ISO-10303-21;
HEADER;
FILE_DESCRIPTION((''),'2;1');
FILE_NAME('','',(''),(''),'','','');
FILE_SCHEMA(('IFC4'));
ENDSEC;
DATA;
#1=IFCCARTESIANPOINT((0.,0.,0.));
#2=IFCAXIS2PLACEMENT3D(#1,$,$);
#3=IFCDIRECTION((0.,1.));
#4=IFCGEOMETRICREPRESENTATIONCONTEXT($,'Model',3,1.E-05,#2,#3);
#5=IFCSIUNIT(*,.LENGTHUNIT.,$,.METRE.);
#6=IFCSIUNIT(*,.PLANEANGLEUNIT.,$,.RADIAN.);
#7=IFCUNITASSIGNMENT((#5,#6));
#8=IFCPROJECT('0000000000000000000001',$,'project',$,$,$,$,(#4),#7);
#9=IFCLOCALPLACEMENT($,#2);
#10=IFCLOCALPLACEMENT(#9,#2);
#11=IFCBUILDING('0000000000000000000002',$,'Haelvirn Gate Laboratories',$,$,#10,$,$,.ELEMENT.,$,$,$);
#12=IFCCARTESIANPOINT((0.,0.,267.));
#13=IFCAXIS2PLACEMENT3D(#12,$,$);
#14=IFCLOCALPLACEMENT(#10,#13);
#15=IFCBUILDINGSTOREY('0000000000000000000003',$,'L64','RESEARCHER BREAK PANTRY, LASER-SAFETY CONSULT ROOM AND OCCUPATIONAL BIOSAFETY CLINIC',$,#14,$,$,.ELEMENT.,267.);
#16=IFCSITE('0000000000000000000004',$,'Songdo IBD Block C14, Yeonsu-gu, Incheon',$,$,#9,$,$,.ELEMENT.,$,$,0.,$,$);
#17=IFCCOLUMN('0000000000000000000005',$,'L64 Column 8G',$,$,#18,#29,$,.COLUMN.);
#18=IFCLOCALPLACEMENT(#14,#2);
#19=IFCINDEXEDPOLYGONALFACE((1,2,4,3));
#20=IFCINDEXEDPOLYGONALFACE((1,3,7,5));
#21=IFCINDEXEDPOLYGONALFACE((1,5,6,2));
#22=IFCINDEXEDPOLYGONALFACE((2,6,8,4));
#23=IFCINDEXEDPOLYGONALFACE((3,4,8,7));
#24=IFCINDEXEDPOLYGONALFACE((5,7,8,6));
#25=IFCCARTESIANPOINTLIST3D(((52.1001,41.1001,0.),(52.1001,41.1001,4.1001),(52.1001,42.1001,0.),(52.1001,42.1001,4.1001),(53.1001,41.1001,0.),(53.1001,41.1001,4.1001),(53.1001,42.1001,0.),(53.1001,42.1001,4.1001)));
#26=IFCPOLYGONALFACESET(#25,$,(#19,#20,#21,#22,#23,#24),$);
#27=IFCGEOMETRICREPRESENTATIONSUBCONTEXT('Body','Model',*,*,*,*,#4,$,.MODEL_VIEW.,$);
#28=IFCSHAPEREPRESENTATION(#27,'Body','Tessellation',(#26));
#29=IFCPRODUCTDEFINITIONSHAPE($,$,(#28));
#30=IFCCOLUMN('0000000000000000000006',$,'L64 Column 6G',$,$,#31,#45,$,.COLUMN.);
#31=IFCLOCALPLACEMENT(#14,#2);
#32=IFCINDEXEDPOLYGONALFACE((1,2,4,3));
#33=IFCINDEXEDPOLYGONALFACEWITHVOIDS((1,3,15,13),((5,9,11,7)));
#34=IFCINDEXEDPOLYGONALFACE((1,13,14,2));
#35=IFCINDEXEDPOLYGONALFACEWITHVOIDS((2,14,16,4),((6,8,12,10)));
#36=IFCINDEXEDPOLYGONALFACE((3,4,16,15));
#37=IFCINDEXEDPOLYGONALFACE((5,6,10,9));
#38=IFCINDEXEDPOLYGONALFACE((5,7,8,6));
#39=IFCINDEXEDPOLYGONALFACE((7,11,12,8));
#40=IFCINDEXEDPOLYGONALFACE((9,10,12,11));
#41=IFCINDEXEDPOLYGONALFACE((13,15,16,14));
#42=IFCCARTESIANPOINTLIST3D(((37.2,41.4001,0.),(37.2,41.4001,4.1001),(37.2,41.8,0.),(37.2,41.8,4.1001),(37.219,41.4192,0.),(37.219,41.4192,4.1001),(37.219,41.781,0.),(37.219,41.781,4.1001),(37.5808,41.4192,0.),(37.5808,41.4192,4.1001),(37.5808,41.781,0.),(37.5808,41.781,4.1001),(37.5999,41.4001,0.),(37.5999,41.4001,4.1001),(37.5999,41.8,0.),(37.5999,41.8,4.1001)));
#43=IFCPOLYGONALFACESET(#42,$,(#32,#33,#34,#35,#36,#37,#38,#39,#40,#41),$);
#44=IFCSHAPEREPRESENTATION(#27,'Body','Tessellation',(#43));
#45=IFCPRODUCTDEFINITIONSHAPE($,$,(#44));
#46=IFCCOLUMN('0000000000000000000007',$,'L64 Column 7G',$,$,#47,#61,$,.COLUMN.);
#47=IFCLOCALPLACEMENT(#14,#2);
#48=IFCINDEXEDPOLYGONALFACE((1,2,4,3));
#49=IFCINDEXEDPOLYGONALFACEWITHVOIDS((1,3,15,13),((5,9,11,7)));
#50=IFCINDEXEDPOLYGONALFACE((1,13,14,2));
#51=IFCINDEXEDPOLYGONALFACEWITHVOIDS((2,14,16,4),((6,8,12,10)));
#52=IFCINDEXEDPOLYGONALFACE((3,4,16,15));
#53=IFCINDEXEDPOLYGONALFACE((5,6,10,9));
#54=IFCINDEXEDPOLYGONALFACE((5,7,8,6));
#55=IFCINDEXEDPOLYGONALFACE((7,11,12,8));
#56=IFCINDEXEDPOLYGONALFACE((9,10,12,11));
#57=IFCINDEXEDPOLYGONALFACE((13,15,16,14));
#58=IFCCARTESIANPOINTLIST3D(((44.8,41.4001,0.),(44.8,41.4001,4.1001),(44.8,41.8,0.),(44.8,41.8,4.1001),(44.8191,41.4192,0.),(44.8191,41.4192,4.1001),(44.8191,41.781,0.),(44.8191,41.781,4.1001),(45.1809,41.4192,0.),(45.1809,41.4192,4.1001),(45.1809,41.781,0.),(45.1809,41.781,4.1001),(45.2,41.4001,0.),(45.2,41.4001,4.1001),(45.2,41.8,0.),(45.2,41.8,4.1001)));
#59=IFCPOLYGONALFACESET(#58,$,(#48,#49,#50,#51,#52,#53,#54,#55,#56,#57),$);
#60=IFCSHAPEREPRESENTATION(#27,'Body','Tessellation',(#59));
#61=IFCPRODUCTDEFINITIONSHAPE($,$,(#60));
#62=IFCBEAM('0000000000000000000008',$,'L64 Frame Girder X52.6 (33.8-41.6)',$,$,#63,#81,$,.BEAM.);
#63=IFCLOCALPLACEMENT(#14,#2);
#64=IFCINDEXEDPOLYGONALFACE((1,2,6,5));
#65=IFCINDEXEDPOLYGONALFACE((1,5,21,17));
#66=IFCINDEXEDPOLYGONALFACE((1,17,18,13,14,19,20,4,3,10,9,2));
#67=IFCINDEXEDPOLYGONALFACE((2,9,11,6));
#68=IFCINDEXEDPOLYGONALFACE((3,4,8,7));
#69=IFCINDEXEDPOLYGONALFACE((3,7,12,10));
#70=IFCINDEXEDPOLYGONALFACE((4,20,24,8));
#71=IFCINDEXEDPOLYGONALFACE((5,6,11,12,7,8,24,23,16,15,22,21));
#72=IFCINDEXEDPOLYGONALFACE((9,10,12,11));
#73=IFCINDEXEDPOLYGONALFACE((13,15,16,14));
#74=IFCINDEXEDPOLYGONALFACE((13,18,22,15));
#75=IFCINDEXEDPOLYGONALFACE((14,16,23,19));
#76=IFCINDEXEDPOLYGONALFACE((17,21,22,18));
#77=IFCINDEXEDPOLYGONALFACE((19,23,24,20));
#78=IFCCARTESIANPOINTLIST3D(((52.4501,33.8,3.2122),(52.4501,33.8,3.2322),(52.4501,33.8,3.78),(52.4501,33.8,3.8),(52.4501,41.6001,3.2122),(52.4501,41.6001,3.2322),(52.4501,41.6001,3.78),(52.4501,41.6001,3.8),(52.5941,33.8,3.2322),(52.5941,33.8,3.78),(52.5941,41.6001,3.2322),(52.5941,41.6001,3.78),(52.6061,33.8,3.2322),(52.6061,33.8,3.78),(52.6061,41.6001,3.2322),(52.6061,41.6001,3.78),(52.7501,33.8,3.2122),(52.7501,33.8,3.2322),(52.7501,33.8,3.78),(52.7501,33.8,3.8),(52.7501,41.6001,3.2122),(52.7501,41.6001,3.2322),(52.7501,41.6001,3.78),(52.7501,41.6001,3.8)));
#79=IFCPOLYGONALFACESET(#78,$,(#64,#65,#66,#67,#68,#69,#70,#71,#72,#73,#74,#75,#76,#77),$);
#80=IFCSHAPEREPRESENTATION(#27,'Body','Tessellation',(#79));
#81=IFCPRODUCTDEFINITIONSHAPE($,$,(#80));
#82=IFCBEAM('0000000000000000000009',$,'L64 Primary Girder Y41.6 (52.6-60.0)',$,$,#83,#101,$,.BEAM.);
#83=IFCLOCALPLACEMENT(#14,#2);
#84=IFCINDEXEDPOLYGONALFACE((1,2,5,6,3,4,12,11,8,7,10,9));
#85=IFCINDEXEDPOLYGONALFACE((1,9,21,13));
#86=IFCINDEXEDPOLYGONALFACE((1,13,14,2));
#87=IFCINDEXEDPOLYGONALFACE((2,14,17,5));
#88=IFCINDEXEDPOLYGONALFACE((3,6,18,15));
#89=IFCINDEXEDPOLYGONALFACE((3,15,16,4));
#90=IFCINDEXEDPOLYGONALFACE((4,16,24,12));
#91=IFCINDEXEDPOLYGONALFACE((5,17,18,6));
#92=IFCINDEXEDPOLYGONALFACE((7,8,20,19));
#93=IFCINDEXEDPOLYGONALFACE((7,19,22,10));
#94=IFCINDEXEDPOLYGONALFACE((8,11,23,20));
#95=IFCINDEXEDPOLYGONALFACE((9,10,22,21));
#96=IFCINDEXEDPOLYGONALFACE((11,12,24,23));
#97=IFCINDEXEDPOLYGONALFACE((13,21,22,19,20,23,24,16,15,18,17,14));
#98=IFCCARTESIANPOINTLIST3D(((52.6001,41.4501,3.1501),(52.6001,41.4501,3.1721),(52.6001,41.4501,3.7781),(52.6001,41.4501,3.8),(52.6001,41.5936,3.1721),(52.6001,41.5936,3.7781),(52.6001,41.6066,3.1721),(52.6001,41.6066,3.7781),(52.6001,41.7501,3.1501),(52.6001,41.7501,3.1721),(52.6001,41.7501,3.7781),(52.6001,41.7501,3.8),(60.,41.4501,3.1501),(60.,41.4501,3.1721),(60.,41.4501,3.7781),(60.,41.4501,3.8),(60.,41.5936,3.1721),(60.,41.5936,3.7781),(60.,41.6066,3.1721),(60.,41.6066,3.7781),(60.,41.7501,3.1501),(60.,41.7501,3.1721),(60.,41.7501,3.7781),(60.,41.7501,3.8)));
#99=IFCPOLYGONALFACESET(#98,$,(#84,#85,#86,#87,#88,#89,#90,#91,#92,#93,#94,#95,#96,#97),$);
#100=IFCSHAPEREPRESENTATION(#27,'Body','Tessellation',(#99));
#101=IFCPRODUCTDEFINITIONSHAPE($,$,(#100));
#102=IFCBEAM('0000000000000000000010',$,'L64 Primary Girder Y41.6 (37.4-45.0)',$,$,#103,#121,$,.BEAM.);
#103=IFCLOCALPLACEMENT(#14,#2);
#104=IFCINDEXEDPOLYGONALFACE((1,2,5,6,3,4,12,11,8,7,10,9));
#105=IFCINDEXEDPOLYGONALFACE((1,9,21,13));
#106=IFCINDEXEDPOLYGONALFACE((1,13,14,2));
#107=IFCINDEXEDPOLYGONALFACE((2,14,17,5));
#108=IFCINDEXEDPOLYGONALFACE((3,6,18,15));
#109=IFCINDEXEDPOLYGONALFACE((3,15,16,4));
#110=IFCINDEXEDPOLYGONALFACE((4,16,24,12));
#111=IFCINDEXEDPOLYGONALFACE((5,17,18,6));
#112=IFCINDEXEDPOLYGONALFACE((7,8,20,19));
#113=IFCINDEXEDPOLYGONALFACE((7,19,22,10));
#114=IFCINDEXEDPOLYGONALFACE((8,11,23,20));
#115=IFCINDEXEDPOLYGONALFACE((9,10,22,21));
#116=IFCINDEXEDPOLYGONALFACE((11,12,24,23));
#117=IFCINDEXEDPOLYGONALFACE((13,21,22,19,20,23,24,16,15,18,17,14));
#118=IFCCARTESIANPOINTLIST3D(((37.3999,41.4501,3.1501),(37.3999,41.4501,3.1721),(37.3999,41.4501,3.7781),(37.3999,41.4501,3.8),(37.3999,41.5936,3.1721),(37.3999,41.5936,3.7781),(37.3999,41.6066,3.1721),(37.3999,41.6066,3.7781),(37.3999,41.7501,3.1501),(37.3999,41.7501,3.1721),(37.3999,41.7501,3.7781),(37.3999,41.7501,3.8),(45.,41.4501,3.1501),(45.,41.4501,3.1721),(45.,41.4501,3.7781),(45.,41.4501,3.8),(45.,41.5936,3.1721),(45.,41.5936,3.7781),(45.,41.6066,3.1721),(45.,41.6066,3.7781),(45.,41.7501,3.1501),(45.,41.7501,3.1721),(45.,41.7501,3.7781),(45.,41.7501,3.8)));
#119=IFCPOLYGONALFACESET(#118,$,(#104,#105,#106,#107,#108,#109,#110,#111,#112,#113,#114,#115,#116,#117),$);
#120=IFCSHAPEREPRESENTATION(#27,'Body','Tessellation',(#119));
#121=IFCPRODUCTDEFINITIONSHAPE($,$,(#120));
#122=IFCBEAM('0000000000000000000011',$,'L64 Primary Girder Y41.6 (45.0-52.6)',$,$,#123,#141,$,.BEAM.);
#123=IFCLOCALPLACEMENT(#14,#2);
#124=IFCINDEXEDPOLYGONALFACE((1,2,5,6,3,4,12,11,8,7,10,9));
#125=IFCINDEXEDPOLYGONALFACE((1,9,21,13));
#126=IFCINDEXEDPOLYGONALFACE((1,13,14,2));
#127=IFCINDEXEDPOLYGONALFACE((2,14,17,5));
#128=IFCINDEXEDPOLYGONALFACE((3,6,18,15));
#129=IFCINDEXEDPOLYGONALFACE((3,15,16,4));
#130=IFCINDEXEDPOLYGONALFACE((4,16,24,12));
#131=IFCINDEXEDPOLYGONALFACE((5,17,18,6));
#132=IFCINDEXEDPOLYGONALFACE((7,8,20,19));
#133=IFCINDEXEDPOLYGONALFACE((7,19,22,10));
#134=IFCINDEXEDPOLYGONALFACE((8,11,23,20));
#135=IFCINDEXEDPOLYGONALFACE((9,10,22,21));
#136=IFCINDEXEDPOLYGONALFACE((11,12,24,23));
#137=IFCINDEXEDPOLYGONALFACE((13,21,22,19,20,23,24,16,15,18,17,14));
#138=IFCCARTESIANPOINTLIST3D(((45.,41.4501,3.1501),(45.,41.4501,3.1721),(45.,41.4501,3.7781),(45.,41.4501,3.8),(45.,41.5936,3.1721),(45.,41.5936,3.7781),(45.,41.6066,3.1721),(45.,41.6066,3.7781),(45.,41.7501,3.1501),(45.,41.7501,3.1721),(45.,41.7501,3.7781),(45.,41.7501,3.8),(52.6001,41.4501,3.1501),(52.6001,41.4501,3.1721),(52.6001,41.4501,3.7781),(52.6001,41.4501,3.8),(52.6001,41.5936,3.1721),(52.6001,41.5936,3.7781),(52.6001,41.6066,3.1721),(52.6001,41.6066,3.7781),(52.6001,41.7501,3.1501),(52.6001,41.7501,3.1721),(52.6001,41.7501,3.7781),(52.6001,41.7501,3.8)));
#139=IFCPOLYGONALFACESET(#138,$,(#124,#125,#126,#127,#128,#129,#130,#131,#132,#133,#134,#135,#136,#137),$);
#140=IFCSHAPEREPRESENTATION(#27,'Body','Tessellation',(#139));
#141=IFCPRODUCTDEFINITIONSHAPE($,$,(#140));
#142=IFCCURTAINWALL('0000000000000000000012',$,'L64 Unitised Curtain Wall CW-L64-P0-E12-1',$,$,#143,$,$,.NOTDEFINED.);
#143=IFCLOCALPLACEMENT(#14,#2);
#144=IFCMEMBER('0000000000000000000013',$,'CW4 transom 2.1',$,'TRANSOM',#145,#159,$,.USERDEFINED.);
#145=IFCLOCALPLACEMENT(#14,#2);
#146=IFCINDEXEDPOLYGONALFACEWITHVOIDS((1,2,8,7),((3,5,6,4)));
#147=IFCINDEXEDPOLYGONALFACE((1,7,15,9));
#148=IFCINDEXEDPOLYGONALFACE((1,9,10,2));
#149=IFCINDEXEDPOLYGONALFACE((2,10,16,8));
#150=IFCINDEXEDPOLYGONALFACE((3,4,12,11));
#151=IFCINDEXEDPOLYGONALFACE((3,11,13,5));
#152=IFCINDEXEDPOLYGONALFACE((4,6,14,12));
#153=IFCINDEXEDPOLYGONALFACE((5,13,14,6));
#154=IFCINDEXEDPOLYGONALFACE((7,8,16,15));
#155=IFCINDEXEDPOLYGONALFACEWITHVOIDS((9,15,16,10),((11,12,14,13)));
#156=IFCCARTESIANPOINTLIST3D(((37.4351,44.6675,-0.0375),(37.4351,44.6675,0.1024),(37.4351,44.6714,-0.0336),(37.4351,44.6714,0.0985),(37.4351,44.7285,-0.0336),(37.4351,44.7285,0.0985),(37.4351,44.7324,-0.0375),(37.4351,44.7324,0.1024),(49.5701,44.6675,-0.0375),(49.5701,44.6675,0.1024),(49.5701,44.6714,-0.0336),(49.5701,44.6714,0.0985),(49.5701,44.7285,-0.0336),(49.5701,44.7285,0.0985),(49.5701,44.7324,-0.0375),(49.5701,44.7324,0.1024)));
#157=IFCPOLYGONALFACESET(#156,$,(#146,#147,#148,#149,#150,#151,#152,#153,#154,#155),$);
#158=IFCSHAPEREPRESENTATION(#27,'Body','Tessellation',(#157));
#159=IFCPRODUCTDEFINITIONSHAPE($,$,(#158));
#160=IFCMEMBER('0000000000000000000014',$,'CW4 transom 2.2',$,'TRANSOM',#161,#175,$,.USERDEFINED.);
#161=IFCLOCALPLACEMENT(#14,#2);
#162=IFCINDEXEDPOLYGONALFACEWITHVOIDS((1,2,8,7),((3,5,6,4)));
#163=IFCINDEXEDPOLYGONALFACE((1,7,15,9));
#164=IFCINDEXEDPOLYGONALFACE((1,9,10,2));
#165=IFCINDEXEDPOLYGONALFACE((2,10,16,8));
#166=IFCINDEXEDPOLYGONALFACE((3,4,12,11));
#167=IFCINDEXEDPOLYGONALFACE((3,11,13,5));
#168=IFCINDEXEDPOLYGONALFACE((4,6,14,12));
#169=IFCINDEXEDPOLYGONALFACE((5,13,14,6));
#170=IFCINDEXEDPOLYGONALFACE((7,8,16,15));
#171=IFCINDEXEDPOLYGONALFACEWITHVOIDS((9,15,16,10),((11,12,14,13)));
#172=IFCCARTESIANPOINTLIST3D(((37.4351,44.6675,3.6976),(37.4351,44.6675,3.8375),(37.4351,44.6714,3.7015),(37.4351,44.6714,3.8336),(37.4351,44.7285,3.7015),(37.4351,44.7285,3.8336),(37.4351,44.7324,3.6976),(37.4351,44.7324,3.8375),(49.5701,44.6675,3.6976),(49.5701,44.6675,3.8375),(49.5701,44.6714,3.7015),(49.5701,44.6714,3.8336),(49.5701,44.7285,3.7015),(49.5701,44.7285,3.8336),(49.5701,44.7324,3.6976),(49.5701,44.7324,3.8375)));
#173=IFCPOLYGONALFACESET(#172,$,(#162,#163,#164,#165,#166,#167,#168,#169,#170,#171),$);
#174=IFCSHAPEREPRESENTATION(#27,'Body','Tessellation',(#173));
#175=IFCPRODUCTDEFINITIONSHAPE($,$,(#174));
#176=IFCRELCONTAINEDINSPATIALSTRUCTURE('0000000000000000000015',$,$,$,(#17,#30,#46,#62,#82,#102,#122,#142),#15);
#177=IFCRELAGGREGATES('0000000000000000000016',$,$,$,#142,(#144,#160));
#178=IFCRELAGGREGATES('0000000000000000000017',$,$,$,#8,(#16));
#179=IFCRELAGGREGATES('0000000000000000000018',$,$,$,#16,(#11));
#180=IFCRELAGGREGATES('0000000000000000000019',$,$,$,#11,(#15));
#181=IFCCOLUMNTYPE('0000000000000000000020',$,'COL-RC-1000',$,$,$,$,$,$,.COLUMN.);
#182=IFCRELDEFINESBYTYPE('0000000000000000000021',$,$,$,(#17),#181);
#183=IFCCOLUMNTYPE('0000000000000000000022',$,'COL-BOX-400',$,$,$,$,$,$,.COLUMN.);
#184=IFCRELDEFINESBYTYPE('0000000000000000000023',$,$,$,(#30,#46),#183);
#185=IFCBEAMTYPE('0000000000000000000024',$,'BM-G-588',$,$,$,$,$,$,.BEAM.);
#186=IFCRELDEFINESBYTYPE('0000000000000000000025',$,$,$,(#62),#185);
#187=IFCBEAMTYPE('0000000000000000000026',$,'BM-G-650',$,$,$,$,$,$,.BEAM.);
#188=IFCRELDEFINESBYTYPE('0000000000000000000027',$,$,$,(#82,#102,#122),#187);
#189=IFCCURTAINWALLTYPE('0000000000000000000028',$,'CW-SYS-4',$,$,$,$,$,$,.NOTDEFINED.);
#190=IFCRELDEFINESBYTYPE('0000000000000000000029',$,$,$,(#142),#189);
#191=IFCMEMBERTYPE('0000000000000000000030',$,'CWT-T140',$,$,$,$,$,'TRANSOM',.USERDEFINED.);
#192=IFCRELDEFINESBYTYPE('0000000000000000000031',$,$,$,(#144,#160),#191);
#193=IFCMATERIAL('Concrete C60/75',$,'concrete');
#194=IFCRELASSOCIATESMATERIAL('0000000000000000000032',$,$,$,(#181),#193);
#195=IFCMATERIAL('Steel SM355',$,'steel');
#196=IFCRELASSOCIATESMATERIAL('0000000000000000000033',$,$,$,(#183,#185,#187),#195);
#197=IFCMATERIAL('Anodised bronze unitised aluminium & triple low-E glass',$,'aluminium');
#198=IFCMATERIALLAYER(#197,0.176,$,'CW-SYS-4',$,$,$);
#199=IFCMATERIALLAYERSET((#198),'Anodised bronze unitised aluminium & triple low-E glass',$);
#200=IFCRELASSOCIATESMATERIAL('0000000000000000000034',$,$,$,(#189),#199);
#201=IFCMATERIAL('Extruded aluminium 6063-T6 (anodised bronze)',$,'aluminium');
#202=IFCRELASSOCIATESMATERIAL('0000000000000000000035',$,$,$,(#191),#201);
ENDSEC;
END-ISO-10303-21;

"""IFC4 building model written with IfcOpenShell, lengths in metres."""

from ifc_helpers import new_model, si_unit, direction, frame, origin, origin_2d, place, context, subcontext, project, spatial, rectangle, hollow_rectangle, i_section, extrude, source, transform, mapped, material, layer, layer_set, material_profile, profile_set, type_object, type_shapes, element, aggregate, save


model = new_model("IFC4")

# Units and contexts
model_context = context("Model", 3, precision=1e-05, world=origin(), true_north=direction((0.0, 1.0)))
body_context = subcontext(model_context, "Body", "Model", "MODEL_VIEW")
ifc_project = project(units=[si_unit("LENGTHUNIT", "METRE"), si_unit("PLANEANGLEUNIT", "RADIAN")], contexts=[model_context])

# Site, building, storey
site_placement = place(None, origin())
site = spatial("IfcSite", under=ifc_project, at=site_placement, Name="Songdo IBD Block C14, Yeonsu-gu, Incheon", CompositionType="ELEMENT", RefElevation=0.0)
building_placement = place(site_placement, origin())
building = spatial("IfcBuilding", under=site, at=building_placement, Name="Haelvirn Gate Laboratories", CompositionType="ELEMENT")
storey_placement = place(building_placement, frame((0.0, 0.0, 267.0)))
storey = spatial("IfcBuildingStorey", under=building, at=storey_placement, Name="L64", Description="RESEARCHER BREAK PANTRY, LASER-SAFETY CONSULT ROOM AND OCCUPATIONAL BIOSAFETY CLINIC", CompositionType="ELEMENT", Elevation=267.0)

# Columns
ifc_material_1 = material(Name="Concrete C60/75", Category="concrete")
ifc_material_profile_1 = material_profile(ifc_material_1, rectangle(XDim=1.0, YDim=1.0, at=origin_2d()), Name="RC-1000x1000")
ifc_profile_set_1 = profile_set([ifc_material_profile_1], Name="Concrete C60/75")
column_type_1 = type_object("IfcColumnType", Name="COL-RC-1000", PredefinedType="COLUMN", material=ifc_profile_set_1)
shared_shape_1 = source(origin(), body_context, "Body", "SweptSolid", [
    extrude(rectangle(XDim=1.0, YDim=1.0, at=origin_2d()), origin(), (0.0, 0.0, 1.0), 4.1001),
])
type_shapes(column_type_1, [shared_shape_1])
column_placement = place(storey_placement, frame((52.6001, 41.6001, 0.0), z_axis=(0.0, 0.0, 1.0), x_axis=(1.0, 0.0, 0.0)))
element("IfcColumn", 1, at=column_placement, inside=storey, type_object=column_type_1, Name="L64 Column 8G", PredefinedType="COLUMN", context=body_context, shape_type="MappedRepresentation", body=[
    mapped(shared_shape_1, transform((0.0, 0.0, 0.0), scale=1.0)),
])
ifc_material_2 = material(Name="Steel SM355", Category="steel")
ifc_material_profile_2 = material_profile(ifc_material_2, hollow_rectangle(XDim=0.3999, YDim=0.3999, WallThickness=0.019, at=origin_2d()), Name="BOX-400x400x19")
ifc_profile_set_2 = profile_set([ifc_material_profile_2], Name="Steel SM355")
column_type_2 = type_object("IfcColumnType", Name="COL-BOX-400", PredefinedType="COLUMN", material=ifc_profile_set_2)
shared_shape_2 = source(origin(), body_context, "Body", "SweptSolid", [
    extrude(hollow_rectangle(XDim=0.3999, YDim=0.3999, WallThickness=0.019, at=origin_2d()), origin(), (0.0, 0.0, 1.0), 4.1001),
])
type_shapes(column_type_2, [shared_shape_2])
for number, where, z_axis, x_axis, name in (
    (2, (37.3999, 41.6001, 0.0), (0.0, 0.0, 1.0), (1.0, 0.0, 0.0), "L64 Column 6G"),
    (3, (45.0, 41.6001, 0.0), (0.0, 0.0, 1.0), (1.0, 0.0, 0.0), "L64 Column 7G"),
):
    element("IfcColumn", number, at=place(storey_placement, frame(where, z_axis=z_axis, x_axis=x_axis)), inside=storey, type_object=column_type_2, Name=name, PredefinedType="COLUMN", context=body_context, shape_type="MappedRepresentation", body=[
        mapped(shared_shape_2, transform((0.0, 0.0, 0.0), scale=1.0)),
    ])

# Beams
ifc_material_profile_3 = material_profile(ifc_material_2, i_section(OverallWidth=0.3, OverallDepth=0.5879, WebThickness=0.012, FlangeThickness=0.02, at=origin_2d()), Name="H-588x300x12x20")
ifc_profile_set_3 = profile_set([ifc_material_profile_3], Name="Steel SM355")
beam_type_1 = type_object("IfcBeamType", Name="BM-G-588", PredefinedType="BEAM", material=ifc_profile_set_3)
shared_shape_3 = source(origin(), body_context, "Body", "SweptSolid", [
    extrude(i_section(OverallWidth=0.3, OverallDepth=0.5879, WebThickness=0.012, FlangeThickness=0.02, at=origin_2d()), origin(), (0.0, 0.0, 1.0), 7.8),
])
type_shapes(beam_type_1, [shared_shape_3])
beam_1_placement = place(storey_placement, frame((52.6001, 33.8, 3.5061), z_axis=(0.0, 1.0, 0.0), x_axis=(-1.0, 0.0, 0.0)))
element("IfcBeam", 4, at=beam_1_placement, inside=storey, type_object=beam_type_1, Name="L64 Frame Girder X52.6 (33.8-41.6)", PredefinedType="BEAM", context=body_context, shape_type="MappedRepresentation", body=[
    mapped(shared_shape_3, transform((0.0, 0.0, 0.0), scale=1.0)),
])
ifc_material_profile_4 = material_profile(ifc_material_2, i_section(OverallWidth=0.3, OverallDepth=0.6499, WebThickness=0.0129, FlangeThickness=0.022, at=origin_2d()), Name="H-650x300x13x22")
ifc_profile_set_4 = profile_set([ifc_material_profile_4], Name="Steel SM355")
beam_type_2 = type_object("IfcBeamType", Name="BM-G-650", PredefinedType="BEAM", material=ifc_profile_set_4)
shared_shape_4 = source(origin(), body_context, "Body", "SweptSolid", [
    extrude(i_section(OverallWidth=0.3, OverallDepth=0.6499, WebThickness=0.0129, FlangeThickness=0.022, at=origin_2d()), origin(), (0.0, 0.0, 1.0), 7.3999),
])
beam_2_placement = place(storey_placement, frame((52.6001, 41.6001, 3.4751), z_axis=(1.0, 0.0, 0.0), x_axis=(0.0, 1.0, 0.0)))
element("IfcBeam", 5, at=beam_2_placement, inside=storey, type_object=beam_type_2, Name="L64 Primary Girder Y41.6 (52.6-60.0)", PredefinedType="BEAM", context=body_context, shape_type="MappedRepresentation", body=[
    mapped(shared_shape_4, transform((0.0, 0.0, 0.0), scale=1.0)),
])
shared_shape_5 = source(origin(), body_context, "Body", "SweptSolid", [
    extrude(i_section(OverallWidth=0.3, OverallDepth=0.6499, WebThickness=0.0129, FlangeThickness=0.022, at=origin_2d()), origin(), (0.0, 0.0, 1.0), 7.6001),
])
type_shapes(beam_type_2, [shared_shape_4, shared_shape_5])
for number, where, z_axis, x_axis, name in (
    (6, (37.3999, 41.6001, 3.4751), (1.0, 0.0, 0.0), (0.0, 1.0, 0.0), "L64 Primary Girder Y41.6 (37.4-45.0)"),
    (7, (45.0, 41.6001, 3.4751), (1.0, 0.0, 0.0), (0.0, 1.0, 0.0), "L64 Primary Girder Y41.6 (45.0-52.6)"),
):
    element("IfcBeam", number, at=place(storey_placement, frame(where, z_axis=z_axis, x_axis=x_axis)), inside=storey, type_object=beam_type_2, Name=name, PredefinedType="BEAM", context=body_context, shape_type="MappedRepresentation", body=[
        mapped(shared_shape_5, transform((0.0, 0.0, 0.0), scale=1.0)),
    ])

# Curtain wall, members
ifc_material_3 = material(Name="Anodised bronze unitised aluminium & triple low-E glass", Category="aluminium")
ifc_layer_1 = layer(ifc_material_3, 0.176, Name="CW-SYS-4")
ifc_layer_set_1 = layer_set([ifc_layer_1], Name="Anodised bronze unitised aluminium & triple low-E glass")
curtain_wall_type = type_object("IfcCurtainWallType", Name="CW-SYS-4", PredefinedType="NOTDEFINED", material=ifc_layer_set_1)
curtain_wall_1_placement = place(storey_placement, origin())
curtain_wall_1 = element("IfcCurtainWall", 8, at=curtain_wall_1_placement, inside=storey, type_object=curtain_wall_type, Name="L64 Unitised Curtain Wall CW-L64-P0-E12-1", PredefinedType="NOTDEFINED")
ifc_material_4 = material(Name="Extruded aluminium 6063-T6 (anodised bronze)", Category="aluminium")
ifc_material_profile_5 = material_profile(ifc_material_4, hollow_rectangle(XDim=0.0649, YDim=0.1399, WallThickness=0.0039, at=origin_2d()), Name="CWT-140x65x4")
ifc_profile_set_5 = profile_set([ifc_material_profile_5], Name="Extruded aluminium 6063-T6 (anodised bronze)")
member_type_1 = type_object("IfcMemberType", Name="CWT-T140", ElementType="TRANSOM", PredefinedType="USERDEFINED", material=ifc_profile_set_5)
shared_shape_6 = source(origin(), body_context, "Body", "SweptSolid", [
    extrude(hollow_rectangle(XDim=0.0649, YDim=0.1399, WallThickness=0.0039, at=origin_2d()), origin(), (0.0, 0.0, 1.0), 12.135),
])
member_1_placement = place(storey_placement, frame((37.4351, 44.7, 0.0325), z_axis=(1.0, 0.0, 0.0), x_axis=(0.0, 1.0, 0.0)))
member_1 = element("IfcMember", 9, at=member_1_placement, type_object=member_type_1, Name="CW4 transom 2.1", ObjectType="TRANSOM", PredefinedType="USERDEFINED", context=body_context, shape_type="MappedRepresentation", body=[
    mapped(shared_shape_6, transform((0.0, 0.0, 0.0), scale=1.0)),
])
member_2_placement = place(storey_placement, frame((37.4351, 44.7, 3.7676), z_axis=(1.0, 0.0, 0.0), x_axis=(0.0, 1.0, 0.0)))
member_2 = element("IfcMember", 10, at=member_2_placement, type_object=member_type_1, Name="CW4 transom 2.2", ObjectType="TRANSOM", PredefinedType="USERDEFINED", context=body_context, shape_type="MappedRepresentation", body=[
    mapped(shared_shape_6, transform((0.0, 0.0, 0.0), scale=1.0)),
])

aggregate(curtain_wall_1, [member_1, member_2])

save(model, "model.ifc")
